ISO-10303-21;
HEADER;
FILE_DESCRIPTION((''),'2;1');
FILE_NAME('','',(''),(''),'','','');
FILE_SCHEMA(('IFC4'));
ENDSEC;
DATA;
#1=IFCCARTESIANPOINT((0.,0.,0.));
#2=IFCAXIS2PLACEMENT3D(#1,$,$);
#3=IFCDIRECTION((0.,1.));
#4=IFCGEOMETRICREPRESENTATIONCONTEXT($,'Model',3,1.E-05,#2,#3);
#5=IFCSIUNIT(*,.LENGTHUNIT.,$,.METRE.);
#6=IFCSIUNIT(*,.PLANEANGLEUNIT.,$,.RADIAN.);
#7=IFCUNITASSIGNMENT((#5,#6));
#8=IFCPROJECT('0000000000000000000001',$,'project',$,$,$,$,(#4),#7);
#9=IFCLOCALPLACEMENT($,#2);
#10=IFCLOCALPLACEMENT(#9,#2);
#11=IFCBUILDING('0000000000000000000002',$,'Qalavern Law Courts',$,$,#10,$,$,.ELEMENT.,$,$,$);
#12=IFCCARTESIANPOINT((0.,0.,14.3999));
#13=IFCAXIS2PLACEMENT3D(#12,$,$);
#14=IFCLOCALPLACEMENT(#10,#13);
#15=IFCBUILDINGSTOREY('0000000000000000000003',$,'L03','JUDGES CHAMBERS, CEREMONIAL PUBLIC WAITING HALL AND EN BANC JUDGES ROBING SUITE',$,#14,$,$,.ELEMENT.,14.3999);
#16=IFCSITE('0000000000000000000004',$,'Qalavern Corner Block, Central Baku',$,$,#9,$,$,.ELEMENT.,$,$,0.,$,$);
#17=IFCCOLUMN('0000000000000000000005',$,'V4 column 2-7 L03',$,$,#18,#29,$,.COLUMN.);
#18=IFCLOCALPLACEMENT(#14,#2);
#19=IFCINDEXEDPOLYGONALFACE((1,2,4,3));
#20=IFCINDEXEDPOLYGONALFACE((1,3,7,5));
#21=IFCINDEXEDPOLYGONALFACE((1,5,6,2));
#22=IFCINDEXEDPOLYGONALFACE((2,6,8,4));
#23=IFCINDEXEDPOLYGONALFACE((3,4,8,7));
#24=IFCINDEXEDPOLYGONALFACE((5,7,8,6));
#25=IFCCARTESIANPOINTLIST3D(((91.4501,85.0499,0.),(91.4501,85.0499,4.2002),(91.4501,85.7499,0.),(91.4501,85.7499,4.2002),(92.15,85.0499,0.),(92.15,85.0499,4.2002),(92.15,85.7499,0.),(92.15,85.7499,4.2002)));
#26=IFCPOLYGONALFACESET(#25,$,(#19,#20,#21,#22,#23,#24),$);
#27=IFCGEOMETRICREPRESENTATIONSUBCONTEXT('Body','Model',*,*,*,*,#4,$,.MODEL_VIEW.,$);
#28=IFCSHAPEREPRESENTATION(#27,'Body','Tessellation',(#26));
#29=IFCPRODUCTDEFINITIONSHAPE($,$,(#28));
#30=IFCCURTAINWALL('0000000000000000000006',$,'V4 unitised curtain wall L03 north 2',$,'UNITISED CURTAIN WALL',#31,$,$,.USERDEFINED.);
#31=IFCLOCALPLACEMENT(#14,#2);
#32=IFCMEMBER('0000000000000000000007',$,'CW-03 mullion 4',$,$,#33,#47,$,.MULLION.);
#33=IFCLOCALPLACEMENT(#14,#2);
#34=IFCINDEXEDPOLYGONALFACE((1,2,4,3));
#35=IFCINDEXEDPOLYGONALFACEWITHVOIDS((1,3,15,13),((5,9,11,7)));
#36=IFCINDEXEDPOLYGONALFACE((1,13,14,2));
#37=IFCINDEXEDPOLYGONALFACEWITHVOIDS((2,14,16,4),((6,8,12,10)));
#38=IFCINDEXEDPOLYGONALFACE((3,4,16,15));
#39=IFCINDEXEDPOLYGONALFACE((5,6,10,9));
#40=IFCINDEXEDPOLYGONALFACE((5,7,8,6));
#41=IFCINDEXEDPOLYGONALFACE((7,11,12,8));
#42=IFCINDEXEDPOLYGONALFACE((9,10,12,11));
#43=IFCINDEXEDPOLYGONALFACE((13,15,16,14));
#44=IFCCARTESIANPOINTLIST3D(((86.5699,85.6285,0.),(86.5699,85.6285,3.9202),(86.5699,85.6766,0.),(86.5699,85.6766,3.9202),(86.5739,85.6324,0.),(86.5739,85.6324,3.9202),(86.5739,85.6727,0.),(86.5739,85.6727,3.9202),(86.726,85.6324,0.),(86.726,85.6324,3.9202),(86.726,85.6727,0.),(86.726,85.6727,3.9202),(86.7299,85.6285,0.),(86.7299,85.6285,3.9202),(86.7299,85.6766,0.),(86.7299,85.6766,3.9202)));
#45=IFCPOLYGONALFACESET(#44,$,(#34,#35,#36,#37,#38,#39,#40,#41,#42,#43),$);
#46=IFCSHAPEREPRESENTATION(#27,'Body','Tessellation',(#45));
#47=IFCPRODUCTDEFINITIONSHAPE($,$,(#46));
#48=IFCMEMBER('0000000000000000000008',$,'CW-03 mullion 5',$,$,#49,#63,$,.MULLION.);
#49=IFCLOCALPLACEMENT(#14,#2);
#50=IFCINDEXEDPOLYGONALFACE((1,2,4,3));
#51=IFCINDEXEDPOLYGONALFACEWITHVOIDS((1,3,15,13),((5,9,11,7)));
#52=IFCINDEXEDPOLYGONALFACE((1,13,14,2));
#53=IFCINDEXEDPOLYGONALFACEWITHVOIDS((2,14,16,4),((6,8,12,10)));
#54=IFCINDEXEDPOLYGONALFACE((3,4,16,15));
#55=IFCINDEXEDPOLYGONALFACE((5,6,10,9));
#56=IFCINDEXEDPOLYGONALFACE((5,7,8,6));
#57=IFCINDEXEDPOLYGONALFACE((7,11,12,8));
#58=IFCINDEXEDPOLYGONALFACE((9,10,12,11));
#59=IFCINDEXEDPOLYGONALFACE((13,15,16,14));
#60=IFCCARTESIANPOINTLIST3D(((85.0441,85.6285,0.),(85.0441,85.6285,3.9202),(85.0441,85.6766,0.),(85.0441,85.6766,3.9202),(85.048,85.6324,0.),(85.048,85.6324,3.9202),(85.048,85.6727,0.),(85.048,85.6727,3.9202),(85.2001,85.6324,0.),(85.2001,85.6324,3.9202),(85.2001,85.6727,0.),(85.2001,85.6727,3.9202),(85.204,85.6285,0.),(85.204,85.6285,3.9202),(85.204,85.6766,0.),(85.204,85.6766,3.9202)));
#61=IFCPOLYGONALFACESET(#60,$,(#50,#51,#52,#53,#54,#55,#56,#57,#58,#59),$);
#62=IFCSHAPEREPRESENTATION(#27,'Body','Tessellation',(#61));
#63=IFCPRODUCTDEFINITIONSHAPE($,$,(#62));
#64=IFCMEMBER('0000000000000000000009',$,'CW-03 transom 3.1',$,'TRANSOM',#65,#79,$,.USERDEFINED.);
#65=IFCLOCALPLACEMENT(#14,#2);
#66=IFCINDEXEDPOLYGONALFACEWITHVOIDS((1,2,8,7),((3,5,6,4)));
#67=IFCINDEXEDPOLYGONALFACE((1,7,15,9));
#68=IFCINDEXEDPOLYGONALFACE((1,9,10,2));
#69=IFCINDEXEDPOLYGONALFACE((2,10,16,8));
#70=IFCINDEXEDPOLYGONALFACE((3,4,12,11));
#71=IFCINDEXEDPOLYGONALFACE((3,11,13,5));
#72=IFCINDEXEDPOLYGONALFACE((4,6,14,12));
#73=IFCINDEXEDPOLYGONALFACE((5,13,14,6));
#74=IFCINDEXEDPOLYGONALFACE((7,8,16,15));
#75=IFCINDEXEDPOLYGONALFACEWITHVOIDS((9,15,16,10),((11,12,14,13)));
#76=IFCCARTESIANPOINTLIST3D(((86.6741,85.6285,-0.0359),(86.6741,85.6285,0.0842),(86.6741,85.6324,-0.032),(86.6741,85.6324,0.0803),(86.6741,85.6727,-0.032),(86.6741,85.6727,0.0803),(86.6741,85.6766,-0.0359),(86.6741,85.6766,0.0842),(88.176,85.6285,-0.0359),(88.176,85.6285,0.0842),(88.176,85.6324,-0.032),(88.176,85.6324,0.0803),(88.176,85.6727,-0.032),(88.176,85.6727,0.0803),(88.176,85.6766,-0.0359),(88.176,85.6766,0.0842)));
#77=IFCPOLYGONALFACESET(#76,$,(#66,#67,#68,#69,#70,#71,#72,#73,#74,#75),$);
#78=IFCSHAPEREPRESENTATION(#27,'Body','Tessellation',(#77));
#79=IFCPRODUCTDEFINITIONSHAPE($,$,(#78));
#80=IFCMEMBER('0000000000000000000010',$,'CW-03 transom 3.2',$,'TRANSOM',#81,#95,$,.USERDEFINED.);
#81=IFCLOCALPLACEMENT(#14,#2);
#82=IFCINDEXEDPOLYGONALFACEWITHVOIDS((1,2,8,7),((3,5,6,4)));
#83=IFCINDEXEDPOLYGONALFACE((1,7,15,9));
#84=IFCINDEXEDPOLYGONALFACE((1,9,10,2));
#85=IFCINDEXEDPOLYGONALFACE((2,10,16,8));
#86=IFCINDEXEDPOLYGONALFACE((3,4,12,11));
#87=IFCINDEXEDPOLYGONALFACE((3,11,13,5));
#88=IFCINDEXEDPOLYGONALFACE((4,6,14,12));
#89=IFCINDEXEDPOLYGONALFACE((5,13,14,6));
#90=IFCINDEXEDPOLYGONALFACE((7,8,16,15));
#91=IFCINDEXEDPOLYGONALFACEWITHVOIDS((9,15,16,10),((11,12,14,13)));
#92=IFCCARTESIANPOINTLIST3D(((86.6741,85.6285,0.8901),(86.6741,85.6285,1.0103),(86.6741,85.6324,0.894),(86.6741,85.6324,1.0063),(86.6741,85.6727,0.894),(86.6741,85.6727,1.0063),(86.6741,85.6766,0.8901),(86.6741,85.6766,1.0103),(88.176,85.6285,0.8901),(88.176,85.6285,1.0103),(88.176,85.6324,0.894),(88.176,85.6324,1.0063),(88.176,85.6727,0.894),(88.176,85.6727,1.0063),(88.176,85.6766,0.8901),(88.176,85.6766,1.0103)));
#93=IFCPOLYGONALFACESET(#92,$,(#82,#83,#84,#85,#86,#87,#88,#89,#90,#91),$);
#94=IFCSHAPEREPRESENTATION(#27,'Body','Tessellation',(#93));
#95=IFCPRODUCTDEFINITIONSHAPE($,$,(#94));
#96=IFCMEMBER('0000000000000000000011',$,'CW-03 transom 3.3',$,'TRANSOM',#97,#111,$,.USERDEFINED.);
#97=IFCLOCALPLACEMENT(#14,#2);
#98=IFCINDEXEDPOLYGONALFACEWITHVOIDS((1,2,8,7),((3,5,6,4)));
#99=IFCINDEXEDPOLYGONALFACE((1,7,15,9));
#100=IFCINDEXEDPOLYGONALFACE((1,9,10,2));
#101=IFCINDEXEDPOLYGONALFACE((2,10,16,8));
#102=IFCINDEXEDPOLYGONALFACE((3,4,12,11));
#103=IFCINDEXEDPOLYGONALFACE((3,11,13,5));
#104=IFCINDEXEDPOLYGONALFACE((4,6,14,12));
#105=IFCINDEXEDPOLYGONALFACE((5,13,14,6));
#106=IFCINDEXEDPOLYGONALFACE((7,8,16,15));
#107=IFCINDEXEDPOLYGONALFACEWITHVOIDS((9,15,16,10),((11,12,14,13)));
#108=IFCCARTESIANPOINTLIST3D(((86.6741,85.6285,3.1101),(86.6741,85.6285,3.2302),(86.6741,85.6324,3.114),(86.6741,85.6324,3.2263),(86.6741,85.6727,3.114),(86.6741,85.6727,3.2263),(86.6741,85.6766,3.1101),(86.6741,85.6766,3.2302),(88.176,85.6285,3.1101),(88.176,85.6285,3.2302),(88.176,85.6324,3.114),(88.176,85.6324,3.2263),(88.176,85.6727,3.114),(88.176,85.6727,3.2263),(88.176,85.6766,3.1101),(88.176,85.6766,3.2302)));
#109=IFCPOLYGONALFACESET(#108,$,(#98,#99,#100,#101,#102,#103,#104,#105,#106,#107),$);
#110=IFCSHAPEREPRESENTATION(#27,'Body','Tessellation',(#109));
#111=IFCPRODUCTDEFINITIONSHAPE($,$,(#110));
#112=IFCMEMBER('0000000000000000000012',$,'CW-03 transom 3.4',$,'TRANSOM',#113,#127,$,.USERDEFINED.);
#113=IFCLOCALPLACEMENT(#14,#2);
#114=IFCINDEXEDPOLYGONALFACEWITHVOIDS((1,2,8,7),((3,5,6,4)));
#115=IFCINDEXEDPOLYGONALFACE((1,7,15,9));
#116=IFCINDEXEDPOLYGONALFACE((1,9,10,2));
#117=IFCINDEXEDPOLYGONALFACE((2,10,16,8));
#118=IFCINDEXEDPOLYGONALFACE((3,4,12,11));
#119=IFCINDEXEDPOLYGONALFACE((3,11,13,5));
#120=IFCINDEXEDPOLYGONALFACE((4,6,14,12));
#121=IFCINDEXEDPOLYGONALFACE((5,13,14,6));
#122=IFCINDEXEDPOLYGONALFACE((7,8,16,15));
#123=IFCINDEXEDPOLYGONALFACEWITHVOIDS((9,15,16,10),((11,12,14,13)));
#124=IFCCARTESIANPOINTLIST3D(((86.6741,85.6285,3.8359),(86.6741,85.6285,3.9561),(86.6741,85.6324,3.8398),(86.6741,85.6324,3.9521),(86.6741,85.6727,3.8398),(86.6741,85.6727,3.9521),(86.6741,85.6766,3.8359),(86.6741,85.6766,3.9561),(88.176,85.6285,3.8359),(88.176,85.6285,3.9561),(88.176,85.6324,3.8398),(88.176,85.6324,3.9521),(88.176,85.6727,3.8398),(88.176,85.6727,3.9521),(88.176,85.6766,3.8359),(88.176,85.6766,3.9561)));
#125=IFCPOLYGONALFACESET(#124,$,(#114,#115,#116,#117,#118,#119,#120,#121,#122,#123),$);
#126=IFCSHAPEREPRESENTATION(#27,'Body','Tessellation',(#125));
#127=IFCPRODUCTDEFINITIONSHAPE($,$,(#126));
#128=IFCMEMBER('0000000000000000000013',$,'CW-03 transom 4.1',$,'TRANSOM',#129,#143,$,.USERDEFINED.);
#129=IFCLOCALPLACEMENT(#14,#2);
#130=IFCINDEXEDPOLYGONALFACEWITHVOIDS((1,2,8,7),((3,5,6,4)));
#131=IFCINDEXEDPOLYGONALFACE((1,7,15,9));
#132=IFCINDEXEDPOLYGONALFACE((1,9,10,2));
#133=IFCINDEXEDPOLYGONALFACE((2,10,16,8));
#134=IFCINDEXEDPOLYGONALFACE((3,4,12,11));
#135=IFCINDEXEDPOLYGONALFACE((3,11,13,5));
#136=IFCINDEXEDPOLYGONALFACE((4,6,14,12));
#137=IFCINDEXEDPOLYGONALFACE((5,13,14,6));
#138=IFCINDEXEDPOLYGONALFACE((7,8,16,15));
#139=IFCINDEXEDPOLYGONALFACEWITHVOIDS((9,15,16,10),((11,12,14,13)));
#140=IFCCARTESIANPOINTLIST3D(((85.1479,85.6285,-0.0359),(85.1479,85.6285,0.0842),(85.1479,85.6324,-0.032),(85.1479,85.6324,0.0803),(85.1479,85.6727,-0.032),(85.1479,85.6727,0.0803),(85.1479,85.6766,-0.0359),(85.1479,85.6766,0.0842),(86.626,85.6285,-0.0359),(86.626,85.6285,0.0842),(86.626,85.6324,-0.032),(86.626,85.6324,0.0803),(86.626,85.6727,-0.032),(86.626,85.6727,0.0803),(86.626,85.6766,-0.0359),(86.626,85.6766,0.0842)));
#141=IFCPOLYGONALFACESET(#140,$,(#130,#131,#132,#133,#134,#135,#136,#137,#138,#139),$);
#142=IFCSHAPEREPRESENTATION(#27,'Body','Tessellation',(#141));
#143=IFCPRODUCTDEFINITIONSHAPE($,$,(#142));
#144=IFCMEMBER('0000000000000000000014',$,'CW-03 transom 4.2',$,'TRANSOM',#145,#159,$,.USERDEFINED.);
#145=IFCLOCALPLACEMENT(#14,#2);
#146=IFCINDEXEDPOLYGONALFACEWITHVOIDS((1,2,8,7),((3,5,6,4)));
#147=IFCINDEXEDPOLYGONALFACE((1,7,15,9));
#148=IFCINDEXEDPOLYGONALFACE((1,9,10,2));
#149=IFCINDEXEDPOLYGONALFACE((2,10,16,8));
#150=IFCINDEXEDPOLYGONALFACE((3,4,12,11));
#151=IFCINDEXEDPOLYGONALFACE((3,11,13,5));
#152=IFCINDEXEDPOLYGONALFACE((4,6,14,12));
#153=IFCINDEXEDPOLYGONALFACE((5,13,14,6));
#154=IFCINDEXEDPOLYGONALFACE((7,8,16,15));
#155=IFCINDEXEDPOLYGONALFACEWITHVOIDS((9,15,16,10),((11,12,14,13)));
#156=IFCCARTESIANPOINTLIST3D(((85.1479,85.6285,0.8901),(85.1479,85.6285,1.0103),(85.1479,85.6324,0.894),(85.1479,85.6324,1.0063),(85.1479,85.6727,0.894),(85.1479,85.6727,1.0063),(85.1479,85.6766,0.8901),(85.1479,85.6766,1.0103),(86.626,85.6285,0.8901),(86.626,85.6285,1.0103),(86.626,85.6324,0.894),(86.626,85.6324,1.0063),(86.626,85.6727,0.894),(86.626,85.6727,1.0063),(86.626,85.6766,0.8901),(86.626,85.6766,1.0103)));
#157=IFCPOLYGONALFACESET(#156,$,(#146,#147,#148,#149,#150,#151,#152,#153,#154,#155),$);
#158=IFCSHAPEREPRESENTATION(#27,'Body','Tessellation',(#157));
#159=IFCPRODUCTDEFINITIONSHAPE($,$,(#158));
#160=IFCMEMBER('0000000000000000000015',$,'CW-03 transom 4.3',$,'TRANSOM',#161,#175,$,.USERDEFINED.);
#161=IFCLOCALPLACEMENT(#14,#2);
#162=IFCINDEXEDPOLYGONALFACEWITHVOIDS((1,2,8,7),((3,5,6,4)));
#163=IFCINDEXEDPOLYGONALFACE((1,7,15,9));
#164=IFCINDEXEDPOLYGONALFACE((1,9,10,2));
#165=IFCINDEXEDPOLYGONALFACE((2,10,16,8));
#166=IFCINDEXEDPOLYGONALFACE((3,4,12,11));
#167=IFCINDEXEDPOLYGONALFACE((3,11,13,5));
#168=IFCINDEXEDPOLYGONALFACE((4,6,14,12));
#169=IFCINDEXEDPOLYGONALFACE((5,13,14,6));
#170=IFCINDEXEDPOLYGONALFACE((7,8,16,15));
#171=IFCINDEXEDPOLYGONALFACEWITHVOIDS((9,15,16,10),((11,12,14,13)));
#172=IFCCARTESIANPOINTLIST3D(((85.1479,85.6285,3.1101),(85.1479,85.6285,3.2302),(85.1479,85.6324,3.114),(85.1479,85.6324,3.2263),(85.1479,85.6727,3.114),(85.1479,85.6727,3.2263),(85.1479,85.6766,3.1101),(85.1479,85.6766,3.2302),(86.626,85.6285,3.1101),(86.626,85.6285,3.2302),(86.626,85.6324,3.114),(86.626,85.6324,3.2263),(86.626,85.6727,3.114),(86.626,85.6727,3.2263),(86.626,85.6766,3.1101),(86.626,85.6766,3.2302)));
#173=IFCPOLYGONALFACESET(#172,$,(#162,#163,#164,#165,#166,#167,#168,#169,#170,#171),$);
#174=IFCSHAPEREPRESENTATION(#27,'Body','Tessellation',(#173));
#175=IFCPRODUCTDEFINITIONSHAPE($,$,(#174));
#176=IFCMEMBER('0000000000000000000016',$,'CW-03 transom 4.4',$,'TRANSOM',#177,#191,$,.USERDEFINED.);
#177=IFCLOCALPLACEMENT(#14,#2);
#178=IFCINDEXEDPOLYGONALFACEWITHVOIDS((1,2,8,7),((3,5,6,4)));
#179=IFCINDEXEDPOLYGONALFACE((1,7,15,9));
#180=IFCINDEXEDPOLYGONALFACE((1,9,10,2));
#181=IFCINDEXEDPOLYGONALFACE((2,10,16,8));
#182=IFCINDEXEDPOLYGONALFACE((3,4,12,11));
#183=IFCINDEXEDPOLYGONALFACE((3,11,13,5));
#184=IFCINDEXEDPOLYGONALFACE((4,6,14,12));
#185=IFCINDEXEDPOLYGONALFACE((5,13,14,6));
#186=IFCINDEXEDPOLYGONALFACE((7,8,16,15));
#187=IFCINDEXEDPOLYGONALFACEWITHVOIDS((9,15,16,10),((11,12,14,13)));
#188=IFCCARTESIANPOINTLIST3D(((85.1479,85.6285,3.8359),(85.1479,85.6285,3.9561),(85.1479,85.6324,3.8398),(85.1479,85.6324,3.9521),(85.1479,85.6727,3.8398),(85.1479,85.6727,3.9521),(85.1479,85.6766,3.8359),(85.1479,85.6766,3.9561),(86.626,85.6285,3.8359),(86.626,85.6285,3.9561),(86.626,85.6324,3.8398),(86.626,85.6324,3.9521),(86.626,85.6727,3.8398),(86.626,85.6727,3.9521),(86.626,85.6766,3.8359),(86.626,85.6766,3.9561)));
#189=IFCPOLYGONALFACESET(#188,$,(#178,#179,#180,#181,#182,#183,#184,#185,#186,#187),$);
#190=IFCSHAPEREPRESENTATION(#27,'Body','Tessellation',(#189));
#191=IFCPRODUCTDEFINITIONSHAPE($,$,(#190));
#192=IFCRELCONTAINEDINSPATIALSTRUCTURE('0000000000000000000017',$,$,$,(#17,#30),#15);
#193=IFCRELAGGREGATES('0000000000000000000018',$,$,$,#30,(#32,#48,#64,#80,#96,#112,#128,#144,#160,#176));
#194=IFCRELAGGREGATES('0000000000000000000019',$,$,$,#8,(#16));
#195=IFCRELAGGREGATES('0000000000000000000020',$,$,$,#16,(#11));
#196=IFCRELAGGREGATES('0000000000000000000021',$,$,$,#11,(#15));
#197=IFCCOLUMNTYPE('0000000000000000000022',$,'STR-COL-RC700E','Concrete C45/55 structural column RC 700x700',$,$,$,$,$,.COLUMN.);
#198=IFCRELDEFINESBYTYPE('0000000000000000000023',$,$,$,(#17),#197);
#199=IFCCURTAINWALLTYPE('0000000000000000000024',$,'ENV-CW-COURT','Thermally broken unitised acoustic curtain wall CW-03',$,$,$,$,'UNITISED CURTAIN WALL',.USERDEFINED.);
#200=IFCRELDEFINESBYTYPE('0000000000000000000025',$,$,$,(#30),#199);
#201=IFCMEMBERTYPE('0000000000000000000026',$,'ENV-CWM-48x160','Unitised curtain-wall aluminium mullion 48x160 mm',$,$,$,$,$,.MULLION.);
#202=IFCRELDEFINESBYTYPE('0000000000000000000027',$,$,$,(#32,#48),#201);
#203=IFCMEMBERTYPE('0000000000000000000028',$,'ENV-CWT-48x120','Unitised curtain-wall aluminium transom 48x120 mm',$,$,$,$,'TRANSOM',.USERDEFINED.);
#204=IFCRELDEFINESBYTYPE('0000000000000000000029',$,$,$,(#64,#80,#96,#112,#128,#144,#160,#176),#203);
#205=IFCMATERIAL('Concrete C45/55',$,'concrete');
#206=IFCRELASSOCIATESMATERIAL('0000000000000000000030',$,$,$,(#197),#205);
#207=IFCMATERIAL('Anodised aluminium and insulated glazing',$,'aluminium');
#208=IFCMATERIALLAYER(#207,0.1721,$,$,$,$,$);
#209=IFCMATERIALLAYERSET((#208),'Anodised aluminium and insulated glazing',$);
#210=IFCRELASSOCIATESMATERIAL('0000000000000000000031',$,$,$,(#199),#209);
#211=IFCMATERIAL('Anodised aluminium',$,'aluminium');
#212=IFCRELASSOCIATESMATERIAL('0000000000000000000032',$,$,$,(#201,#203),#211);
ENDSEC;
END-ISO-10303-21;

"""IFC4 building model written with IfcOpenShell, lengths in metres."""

from ifc_helpers import new_model, si_unit, direction, frame, origin, origin_2d, place, context, subcontext, project, spatial, rectangle, hollow_rectangle, extrude, material, layer, layer_set, material_profile, profile_set, type_object, element, aggregate, save


model = new_model("IFC4")

# Units and contexts
model_context = context("Model", 3, precision=1e-05, world=origin(), true_north=direction((0.0, 1.0)))
body_context = subcontext(model_context, "Body", "Model", "MODEL_VIEW")
ifc_project = project(units=[si_unit("LENGTHUNIT", "METRE"), si_unit("PLANEANGLEUNIT", "RADIAN")], contexts=[model_context])

# Site, building, storey
site_placement = place(None, origin())
site = spatial("IfcSite", under=ifc_project, at=site_placement, Name="Qalavern Corner Block, Central Baku", CompositionType="ELEMENT", RefElevation=0.0)
building_placement = place(site_placement, origin())
building = spatial("IfcBuilding", under=site, at=building_placement, Name="Qalavern Law Courts", CompositionType="ELEMENT")
storey_placement = place(building_placement, frame((0.0, 0.0, 14.3999)))
storey = spatial("IfcBuildingStorey", under=building, at=storey_placement, Name="L03", Description="JUDGES CHAMBERS, CEREMONIAL PUBLIC WAITING HALL AND EN BANC JUDGES ROBING SUITE", CompositionType="ELEMENT", Elevation=14.3999)

# Column
ifc_material_1 = material(Name="Concrete C45/55", Category="concrete")
ifc_material_profile_1 = material_profile(ifc_material_1, rectangle(XDim=0.7, YDim=0.7, at=origin_2d()), Name="RC 700x700")
ifc_profile_set_1 = profile_set([ifc_material_profile_1], Name="Concrete C45/55")
column_type = type_object("IfcColumnType", Name="STR-COL-RC700E", Description="Concrete C45/55 structural column RC 700x700", PredefinedType="COLUMN", material=ifc_profile_set_1)
column_placement = place(storey_placement, frame((91.8, 85.3999, 0.0), z_axis=(0.0, 0.0, 1.0), x_axis=(1.0, 0.0, 0.0)))
element("IfcColumn", 1, at=column_placement, inside=storey, type_object=column_type, Name="V4 column 2-7 L03", PredefinedType="COLUMN", context=body_context, shape_type="SweptSolid", body=[
    extrude(rectangle(XDim=0.7, YDim=0.7, at=origin_2d()), origin(), (0.0, 0.0, 1.0), 4.2002),
])

# Curtain wall, members
ifc_material_2 = material(Name="Anodised aluminium and insulated glazing", Category="aluminium")
ifc_layer_1 = layer(ifc_material_2, 0.1721)
ifc_layer_set_1 = layer_set([ifc_layer_1], Name="Anodised aluminium and insulated glazing")
curtain_wall_type = type_object("IfcCurtainWallType", Name="ENV-CW-COURT", Description="Thermally broken unitised acoustic curtain wall CW-03", ElementType="UNITISED CURTAIN WALL", PredefinedType="USERDEFINED", material=ifc_layer_set_1)
curtain_wall_placement = place(storey_placement, origin())
curtain_wall = element("IfcCurtainWall", 2, at=curtain_wall_placement, inside=storey, type_object=curtain_wall_type, Name="V4 unitised curtain wall L03 north 2", ObjectType="UNITISED CURTAIN WALL", PredefinedType="USERDEFINED")
ifc_material_3 = material(Name="Anodised aluminium", Category="aluminium")
ifc_material_profile_2 = material_profile(ifc_material_3, hollow_rectangle(XDim=0.0481, YDim=0.1599, WallThickness=0.0039, at=origin_2d()), Name="ALU MULLION 48x160")
ifc_profile_set_2 = profile_set([ifc_material_profile_2], Name="Anodised aluminium")
member_type_1 = type_object("IfcMemberType", Name="ENV-CWM-48x160", Description="Unitised curtain-wall aluminium mullion 48x160 mm", PredefinedType="MULLION", material=ifc_profile_set_2)
member_1_placement = place(storey_placement, frame((86.6499, 85.6526, 0.0), z_axis=(0.0, 0.0, 1.0), x_axis=(0.0, -1.0, 0.0)))
member_1 = element("IfcMember", 3, at=member_1_placement, type_object=member_type_1, Name="CW-03 mullion 4", PredefinedType="MULLION", context=body_context, shape_type="SweptSolid", body=[
    extrude(hollow_rectangle(XDim=0.0481, YDim=0.1599, WallThickness=0.0039, at=origin_2d()), origin(), (0.0, 0.0, 1.0), 3.9202),
])
member_2_placement = place(storey_placement, frame((85.124, 85.6526, 0.0), z_axis=(0.0, 0.0, 1.0), x_axis=(0.0, -1.0, 0.0)))
member_2 = element("IfcMember", 4, at=member_2_placement, type_object=member_type_1, Name="CW-03 mullion 5", PredefinedType="MULLION", context=body_context, shape_type="SweptSolid", body=[
    extrude(hollow_rectangle(XDim=0.0481, YDim=0.1599, WallThickness=0.0039, at=origin_2d()), origin(), (0.0, 0.0, 1.0), 3.9202),
])
ifc_material_profile_3 = material_profile(ifc_material_3, hollow_rectangle(XDim=0.0481, YDim=0.1201, WallThickness=0.0039, at=origin_2d()), Name="ALU TRANSOM 48x120")
ifc_profile_set_3 = profile_set([ifc_material_profile_3], Name="Anodised aluminium")
member_type_2 = type_object("IfcMemberType", Name="ENV-CWT-48x120", Description="Unitised curtain-wall aluminium transom 48x120 mm", ElementType="TRANSOM", PredefinedType="USERDEFINED", material=ifc_profile_set_3)
member_3_placement = place(storey_placement, frame((88.176, 85.6526, 0.0242), z_axis=(-1.0, 0.0, 0.0), x_axis=(0.0, -1.0, 0.0)))
member_3 = element("IfcMember", 5, at=member_3_placement, type_object=member_type_2, Name="CW-03 transom 3.1", ObjectType="TRANSOM", PredefinedType="USERDEFINED", context=body_context, shape_type="SweptSolid", body=[
    extrude(hollow_rectangle(XDim=0.0481, YDim=0.1201, WallThickness=0.0039, at=origin_2d()), origin(), (0.0, 0.0, 1.0), 1.502),
])
member_4_placement = place(storey_placement, frame((88.176, 85.6526, 0.9502), z_axis=(-1.0, 0.0, 0.0), x_axis=(0.0, -1.0, 0.0)))
member_4 = element("IfcMember", 6, at=member_4_placement, type_object=member_type_2, Name="CW-03 transom 3.2", ObjectType="TRANSOM", PredefinedType="USERDEFINED", context=body_context, shape_type="SweptSolid", body=[
    extrude(hollow_rectangle(XDim=0.0481, YDim=0.1201, WallThickness=0.0039, at=origin_2d()), origin(), (0.0, 0.0, 1.0), 1.502),
])
member_5_placement = place(storey_placement, frame((88.176, 85.6526, 3.1702), z_axis=(-1.0, 0.0, 0.0), x_axis=(0.0, -1.0, 0.0)))
member_5 = element("IfcMember", 7, at=member_5_placement, type_object=member_type_2, Name="CW-03 transom 3.3", ObjectType="TRANSOM", PredefinedType="USERDEFINED", context=body_context, shape_type="SweptSolid", body=[
    extrude(hollow_rectangle(XDim=0.0481, YDim=0.1201, WallThickness=0.0039, at=origin_2d()), origin(), (0.0, 0.0, 1.0), 1.502),
])
member_6_placement = place(storey_placement, frame((88.176, 85.6526, 3.896), z_axis=(-1.0, 0.0, 0.0), x_axis=(0.0, -1.0, 0.0)))
member_6 = element("IfcMember", 8, at=member_6_placement, type_object=member_type_2, Name="CW-03 transom 3.4", ObjectType="TRANSOM", PredefinedType="USERDEFINED", context=body_context, shape_type="SweptSolid", body=[
    extrude(hollow_rectangle(XDim=0.0481, YDim=0.1201, WallThickness=0.0039, at=origin_2d()), origin(), (0.0, 0.0, 1.0), 1.502),
])
member_7_placement = place(storey_placement, frame((86.626, 85.6526, 0.0242), z_axis=(-1.0, 0.0, 0.0), x_axis=(0.0, -1.0, 0.0)))
member_7 = element("IfcMember", 9, at=member_7_placement, type_object=member_type_2, Name="CW-03 transom 4.1", ObjectType="TRANSOM", PredefinedType="USERDEFINED", context=body_context, shape_type="SweptSolid", body=[
    extrude(hollow_rectangle(XDim=0.0481, YDim=0.1201, WallThickness=0.0039, at=origin_2d()), origin(), (0.0, 0.0, 1.0), 1.478),
])
member_8_placement = place(storey_placement, frame((86.626, 85.6526, 0.9502), z_axis=(-1.0, 0.0, 0.0), x_axis=(0.0, -1.0, 0.0)))
member_8 = element("IfcMember", 10, at=member_8_placement, type_object=member_type_2, Name="CW-03 transom 4.2", ObjectType="TRANSOM", PredefinedType="USERDEFINED", context=body_context, shape_type="SweptSolid", body=[
    extrude(hollow_rectangle(XDim=0.0481, YDim=0.1201, WallThickness=0.0039, at=origin_2d()), origin(), (0.0, 0.0, 1.0), 1.478),
])
member_9_placement = place(storey_placement, frame((86.626, 85.6526, 3.1702), z_axis=(-1.0, 0.0, 0.0), x_axis=(0.0, -1.0, 0.0)))
member_9 = element("IfcMember", 11, at=member_9_placement, type_object=member_type_2, Name="CW-03 transom 4.3", ObjectType="TRANSOM", PredefinedType="USERDEFINED", context=body_context, shape_type="SweptSolid", body=[
    extrude(hollow_rectangle(XDim=0.0481, YDim=0.1201, WallThickness=0.0039, at=origin_2d()), origin(), (0.0, 0.0, 1.0), 1.478),
])
member_10_placement = place(storey_placement, frame((86.626, 85.6526, 3.896), z_axis=(-1.0, 0.0, 0.0), x_axis=(0.0, -1.0, 0.0)))
member_10 = element("IfcMember", 12, at=member_10_placement, type_object=member_type_2, Name="CW-03 transom 4.4", ObjectType="TRANSOM", PredefinedType="USERDEFINED", context=body_context, shape_type="SweptSolid", body=[
    extrude(hollow_rectangle(XDim=0.0481, YDim=0.1201, WallThickness=0.0039, at=origin_2d()), origin(), (0.0, 0.0, 1.0), 1.478),
])

aggregate(curtain_wall, [member_1, member_2, member_3, member_4, member_5, member_6, member_7, member_8, member_9, member_10])

save(model, "model.ifc")
